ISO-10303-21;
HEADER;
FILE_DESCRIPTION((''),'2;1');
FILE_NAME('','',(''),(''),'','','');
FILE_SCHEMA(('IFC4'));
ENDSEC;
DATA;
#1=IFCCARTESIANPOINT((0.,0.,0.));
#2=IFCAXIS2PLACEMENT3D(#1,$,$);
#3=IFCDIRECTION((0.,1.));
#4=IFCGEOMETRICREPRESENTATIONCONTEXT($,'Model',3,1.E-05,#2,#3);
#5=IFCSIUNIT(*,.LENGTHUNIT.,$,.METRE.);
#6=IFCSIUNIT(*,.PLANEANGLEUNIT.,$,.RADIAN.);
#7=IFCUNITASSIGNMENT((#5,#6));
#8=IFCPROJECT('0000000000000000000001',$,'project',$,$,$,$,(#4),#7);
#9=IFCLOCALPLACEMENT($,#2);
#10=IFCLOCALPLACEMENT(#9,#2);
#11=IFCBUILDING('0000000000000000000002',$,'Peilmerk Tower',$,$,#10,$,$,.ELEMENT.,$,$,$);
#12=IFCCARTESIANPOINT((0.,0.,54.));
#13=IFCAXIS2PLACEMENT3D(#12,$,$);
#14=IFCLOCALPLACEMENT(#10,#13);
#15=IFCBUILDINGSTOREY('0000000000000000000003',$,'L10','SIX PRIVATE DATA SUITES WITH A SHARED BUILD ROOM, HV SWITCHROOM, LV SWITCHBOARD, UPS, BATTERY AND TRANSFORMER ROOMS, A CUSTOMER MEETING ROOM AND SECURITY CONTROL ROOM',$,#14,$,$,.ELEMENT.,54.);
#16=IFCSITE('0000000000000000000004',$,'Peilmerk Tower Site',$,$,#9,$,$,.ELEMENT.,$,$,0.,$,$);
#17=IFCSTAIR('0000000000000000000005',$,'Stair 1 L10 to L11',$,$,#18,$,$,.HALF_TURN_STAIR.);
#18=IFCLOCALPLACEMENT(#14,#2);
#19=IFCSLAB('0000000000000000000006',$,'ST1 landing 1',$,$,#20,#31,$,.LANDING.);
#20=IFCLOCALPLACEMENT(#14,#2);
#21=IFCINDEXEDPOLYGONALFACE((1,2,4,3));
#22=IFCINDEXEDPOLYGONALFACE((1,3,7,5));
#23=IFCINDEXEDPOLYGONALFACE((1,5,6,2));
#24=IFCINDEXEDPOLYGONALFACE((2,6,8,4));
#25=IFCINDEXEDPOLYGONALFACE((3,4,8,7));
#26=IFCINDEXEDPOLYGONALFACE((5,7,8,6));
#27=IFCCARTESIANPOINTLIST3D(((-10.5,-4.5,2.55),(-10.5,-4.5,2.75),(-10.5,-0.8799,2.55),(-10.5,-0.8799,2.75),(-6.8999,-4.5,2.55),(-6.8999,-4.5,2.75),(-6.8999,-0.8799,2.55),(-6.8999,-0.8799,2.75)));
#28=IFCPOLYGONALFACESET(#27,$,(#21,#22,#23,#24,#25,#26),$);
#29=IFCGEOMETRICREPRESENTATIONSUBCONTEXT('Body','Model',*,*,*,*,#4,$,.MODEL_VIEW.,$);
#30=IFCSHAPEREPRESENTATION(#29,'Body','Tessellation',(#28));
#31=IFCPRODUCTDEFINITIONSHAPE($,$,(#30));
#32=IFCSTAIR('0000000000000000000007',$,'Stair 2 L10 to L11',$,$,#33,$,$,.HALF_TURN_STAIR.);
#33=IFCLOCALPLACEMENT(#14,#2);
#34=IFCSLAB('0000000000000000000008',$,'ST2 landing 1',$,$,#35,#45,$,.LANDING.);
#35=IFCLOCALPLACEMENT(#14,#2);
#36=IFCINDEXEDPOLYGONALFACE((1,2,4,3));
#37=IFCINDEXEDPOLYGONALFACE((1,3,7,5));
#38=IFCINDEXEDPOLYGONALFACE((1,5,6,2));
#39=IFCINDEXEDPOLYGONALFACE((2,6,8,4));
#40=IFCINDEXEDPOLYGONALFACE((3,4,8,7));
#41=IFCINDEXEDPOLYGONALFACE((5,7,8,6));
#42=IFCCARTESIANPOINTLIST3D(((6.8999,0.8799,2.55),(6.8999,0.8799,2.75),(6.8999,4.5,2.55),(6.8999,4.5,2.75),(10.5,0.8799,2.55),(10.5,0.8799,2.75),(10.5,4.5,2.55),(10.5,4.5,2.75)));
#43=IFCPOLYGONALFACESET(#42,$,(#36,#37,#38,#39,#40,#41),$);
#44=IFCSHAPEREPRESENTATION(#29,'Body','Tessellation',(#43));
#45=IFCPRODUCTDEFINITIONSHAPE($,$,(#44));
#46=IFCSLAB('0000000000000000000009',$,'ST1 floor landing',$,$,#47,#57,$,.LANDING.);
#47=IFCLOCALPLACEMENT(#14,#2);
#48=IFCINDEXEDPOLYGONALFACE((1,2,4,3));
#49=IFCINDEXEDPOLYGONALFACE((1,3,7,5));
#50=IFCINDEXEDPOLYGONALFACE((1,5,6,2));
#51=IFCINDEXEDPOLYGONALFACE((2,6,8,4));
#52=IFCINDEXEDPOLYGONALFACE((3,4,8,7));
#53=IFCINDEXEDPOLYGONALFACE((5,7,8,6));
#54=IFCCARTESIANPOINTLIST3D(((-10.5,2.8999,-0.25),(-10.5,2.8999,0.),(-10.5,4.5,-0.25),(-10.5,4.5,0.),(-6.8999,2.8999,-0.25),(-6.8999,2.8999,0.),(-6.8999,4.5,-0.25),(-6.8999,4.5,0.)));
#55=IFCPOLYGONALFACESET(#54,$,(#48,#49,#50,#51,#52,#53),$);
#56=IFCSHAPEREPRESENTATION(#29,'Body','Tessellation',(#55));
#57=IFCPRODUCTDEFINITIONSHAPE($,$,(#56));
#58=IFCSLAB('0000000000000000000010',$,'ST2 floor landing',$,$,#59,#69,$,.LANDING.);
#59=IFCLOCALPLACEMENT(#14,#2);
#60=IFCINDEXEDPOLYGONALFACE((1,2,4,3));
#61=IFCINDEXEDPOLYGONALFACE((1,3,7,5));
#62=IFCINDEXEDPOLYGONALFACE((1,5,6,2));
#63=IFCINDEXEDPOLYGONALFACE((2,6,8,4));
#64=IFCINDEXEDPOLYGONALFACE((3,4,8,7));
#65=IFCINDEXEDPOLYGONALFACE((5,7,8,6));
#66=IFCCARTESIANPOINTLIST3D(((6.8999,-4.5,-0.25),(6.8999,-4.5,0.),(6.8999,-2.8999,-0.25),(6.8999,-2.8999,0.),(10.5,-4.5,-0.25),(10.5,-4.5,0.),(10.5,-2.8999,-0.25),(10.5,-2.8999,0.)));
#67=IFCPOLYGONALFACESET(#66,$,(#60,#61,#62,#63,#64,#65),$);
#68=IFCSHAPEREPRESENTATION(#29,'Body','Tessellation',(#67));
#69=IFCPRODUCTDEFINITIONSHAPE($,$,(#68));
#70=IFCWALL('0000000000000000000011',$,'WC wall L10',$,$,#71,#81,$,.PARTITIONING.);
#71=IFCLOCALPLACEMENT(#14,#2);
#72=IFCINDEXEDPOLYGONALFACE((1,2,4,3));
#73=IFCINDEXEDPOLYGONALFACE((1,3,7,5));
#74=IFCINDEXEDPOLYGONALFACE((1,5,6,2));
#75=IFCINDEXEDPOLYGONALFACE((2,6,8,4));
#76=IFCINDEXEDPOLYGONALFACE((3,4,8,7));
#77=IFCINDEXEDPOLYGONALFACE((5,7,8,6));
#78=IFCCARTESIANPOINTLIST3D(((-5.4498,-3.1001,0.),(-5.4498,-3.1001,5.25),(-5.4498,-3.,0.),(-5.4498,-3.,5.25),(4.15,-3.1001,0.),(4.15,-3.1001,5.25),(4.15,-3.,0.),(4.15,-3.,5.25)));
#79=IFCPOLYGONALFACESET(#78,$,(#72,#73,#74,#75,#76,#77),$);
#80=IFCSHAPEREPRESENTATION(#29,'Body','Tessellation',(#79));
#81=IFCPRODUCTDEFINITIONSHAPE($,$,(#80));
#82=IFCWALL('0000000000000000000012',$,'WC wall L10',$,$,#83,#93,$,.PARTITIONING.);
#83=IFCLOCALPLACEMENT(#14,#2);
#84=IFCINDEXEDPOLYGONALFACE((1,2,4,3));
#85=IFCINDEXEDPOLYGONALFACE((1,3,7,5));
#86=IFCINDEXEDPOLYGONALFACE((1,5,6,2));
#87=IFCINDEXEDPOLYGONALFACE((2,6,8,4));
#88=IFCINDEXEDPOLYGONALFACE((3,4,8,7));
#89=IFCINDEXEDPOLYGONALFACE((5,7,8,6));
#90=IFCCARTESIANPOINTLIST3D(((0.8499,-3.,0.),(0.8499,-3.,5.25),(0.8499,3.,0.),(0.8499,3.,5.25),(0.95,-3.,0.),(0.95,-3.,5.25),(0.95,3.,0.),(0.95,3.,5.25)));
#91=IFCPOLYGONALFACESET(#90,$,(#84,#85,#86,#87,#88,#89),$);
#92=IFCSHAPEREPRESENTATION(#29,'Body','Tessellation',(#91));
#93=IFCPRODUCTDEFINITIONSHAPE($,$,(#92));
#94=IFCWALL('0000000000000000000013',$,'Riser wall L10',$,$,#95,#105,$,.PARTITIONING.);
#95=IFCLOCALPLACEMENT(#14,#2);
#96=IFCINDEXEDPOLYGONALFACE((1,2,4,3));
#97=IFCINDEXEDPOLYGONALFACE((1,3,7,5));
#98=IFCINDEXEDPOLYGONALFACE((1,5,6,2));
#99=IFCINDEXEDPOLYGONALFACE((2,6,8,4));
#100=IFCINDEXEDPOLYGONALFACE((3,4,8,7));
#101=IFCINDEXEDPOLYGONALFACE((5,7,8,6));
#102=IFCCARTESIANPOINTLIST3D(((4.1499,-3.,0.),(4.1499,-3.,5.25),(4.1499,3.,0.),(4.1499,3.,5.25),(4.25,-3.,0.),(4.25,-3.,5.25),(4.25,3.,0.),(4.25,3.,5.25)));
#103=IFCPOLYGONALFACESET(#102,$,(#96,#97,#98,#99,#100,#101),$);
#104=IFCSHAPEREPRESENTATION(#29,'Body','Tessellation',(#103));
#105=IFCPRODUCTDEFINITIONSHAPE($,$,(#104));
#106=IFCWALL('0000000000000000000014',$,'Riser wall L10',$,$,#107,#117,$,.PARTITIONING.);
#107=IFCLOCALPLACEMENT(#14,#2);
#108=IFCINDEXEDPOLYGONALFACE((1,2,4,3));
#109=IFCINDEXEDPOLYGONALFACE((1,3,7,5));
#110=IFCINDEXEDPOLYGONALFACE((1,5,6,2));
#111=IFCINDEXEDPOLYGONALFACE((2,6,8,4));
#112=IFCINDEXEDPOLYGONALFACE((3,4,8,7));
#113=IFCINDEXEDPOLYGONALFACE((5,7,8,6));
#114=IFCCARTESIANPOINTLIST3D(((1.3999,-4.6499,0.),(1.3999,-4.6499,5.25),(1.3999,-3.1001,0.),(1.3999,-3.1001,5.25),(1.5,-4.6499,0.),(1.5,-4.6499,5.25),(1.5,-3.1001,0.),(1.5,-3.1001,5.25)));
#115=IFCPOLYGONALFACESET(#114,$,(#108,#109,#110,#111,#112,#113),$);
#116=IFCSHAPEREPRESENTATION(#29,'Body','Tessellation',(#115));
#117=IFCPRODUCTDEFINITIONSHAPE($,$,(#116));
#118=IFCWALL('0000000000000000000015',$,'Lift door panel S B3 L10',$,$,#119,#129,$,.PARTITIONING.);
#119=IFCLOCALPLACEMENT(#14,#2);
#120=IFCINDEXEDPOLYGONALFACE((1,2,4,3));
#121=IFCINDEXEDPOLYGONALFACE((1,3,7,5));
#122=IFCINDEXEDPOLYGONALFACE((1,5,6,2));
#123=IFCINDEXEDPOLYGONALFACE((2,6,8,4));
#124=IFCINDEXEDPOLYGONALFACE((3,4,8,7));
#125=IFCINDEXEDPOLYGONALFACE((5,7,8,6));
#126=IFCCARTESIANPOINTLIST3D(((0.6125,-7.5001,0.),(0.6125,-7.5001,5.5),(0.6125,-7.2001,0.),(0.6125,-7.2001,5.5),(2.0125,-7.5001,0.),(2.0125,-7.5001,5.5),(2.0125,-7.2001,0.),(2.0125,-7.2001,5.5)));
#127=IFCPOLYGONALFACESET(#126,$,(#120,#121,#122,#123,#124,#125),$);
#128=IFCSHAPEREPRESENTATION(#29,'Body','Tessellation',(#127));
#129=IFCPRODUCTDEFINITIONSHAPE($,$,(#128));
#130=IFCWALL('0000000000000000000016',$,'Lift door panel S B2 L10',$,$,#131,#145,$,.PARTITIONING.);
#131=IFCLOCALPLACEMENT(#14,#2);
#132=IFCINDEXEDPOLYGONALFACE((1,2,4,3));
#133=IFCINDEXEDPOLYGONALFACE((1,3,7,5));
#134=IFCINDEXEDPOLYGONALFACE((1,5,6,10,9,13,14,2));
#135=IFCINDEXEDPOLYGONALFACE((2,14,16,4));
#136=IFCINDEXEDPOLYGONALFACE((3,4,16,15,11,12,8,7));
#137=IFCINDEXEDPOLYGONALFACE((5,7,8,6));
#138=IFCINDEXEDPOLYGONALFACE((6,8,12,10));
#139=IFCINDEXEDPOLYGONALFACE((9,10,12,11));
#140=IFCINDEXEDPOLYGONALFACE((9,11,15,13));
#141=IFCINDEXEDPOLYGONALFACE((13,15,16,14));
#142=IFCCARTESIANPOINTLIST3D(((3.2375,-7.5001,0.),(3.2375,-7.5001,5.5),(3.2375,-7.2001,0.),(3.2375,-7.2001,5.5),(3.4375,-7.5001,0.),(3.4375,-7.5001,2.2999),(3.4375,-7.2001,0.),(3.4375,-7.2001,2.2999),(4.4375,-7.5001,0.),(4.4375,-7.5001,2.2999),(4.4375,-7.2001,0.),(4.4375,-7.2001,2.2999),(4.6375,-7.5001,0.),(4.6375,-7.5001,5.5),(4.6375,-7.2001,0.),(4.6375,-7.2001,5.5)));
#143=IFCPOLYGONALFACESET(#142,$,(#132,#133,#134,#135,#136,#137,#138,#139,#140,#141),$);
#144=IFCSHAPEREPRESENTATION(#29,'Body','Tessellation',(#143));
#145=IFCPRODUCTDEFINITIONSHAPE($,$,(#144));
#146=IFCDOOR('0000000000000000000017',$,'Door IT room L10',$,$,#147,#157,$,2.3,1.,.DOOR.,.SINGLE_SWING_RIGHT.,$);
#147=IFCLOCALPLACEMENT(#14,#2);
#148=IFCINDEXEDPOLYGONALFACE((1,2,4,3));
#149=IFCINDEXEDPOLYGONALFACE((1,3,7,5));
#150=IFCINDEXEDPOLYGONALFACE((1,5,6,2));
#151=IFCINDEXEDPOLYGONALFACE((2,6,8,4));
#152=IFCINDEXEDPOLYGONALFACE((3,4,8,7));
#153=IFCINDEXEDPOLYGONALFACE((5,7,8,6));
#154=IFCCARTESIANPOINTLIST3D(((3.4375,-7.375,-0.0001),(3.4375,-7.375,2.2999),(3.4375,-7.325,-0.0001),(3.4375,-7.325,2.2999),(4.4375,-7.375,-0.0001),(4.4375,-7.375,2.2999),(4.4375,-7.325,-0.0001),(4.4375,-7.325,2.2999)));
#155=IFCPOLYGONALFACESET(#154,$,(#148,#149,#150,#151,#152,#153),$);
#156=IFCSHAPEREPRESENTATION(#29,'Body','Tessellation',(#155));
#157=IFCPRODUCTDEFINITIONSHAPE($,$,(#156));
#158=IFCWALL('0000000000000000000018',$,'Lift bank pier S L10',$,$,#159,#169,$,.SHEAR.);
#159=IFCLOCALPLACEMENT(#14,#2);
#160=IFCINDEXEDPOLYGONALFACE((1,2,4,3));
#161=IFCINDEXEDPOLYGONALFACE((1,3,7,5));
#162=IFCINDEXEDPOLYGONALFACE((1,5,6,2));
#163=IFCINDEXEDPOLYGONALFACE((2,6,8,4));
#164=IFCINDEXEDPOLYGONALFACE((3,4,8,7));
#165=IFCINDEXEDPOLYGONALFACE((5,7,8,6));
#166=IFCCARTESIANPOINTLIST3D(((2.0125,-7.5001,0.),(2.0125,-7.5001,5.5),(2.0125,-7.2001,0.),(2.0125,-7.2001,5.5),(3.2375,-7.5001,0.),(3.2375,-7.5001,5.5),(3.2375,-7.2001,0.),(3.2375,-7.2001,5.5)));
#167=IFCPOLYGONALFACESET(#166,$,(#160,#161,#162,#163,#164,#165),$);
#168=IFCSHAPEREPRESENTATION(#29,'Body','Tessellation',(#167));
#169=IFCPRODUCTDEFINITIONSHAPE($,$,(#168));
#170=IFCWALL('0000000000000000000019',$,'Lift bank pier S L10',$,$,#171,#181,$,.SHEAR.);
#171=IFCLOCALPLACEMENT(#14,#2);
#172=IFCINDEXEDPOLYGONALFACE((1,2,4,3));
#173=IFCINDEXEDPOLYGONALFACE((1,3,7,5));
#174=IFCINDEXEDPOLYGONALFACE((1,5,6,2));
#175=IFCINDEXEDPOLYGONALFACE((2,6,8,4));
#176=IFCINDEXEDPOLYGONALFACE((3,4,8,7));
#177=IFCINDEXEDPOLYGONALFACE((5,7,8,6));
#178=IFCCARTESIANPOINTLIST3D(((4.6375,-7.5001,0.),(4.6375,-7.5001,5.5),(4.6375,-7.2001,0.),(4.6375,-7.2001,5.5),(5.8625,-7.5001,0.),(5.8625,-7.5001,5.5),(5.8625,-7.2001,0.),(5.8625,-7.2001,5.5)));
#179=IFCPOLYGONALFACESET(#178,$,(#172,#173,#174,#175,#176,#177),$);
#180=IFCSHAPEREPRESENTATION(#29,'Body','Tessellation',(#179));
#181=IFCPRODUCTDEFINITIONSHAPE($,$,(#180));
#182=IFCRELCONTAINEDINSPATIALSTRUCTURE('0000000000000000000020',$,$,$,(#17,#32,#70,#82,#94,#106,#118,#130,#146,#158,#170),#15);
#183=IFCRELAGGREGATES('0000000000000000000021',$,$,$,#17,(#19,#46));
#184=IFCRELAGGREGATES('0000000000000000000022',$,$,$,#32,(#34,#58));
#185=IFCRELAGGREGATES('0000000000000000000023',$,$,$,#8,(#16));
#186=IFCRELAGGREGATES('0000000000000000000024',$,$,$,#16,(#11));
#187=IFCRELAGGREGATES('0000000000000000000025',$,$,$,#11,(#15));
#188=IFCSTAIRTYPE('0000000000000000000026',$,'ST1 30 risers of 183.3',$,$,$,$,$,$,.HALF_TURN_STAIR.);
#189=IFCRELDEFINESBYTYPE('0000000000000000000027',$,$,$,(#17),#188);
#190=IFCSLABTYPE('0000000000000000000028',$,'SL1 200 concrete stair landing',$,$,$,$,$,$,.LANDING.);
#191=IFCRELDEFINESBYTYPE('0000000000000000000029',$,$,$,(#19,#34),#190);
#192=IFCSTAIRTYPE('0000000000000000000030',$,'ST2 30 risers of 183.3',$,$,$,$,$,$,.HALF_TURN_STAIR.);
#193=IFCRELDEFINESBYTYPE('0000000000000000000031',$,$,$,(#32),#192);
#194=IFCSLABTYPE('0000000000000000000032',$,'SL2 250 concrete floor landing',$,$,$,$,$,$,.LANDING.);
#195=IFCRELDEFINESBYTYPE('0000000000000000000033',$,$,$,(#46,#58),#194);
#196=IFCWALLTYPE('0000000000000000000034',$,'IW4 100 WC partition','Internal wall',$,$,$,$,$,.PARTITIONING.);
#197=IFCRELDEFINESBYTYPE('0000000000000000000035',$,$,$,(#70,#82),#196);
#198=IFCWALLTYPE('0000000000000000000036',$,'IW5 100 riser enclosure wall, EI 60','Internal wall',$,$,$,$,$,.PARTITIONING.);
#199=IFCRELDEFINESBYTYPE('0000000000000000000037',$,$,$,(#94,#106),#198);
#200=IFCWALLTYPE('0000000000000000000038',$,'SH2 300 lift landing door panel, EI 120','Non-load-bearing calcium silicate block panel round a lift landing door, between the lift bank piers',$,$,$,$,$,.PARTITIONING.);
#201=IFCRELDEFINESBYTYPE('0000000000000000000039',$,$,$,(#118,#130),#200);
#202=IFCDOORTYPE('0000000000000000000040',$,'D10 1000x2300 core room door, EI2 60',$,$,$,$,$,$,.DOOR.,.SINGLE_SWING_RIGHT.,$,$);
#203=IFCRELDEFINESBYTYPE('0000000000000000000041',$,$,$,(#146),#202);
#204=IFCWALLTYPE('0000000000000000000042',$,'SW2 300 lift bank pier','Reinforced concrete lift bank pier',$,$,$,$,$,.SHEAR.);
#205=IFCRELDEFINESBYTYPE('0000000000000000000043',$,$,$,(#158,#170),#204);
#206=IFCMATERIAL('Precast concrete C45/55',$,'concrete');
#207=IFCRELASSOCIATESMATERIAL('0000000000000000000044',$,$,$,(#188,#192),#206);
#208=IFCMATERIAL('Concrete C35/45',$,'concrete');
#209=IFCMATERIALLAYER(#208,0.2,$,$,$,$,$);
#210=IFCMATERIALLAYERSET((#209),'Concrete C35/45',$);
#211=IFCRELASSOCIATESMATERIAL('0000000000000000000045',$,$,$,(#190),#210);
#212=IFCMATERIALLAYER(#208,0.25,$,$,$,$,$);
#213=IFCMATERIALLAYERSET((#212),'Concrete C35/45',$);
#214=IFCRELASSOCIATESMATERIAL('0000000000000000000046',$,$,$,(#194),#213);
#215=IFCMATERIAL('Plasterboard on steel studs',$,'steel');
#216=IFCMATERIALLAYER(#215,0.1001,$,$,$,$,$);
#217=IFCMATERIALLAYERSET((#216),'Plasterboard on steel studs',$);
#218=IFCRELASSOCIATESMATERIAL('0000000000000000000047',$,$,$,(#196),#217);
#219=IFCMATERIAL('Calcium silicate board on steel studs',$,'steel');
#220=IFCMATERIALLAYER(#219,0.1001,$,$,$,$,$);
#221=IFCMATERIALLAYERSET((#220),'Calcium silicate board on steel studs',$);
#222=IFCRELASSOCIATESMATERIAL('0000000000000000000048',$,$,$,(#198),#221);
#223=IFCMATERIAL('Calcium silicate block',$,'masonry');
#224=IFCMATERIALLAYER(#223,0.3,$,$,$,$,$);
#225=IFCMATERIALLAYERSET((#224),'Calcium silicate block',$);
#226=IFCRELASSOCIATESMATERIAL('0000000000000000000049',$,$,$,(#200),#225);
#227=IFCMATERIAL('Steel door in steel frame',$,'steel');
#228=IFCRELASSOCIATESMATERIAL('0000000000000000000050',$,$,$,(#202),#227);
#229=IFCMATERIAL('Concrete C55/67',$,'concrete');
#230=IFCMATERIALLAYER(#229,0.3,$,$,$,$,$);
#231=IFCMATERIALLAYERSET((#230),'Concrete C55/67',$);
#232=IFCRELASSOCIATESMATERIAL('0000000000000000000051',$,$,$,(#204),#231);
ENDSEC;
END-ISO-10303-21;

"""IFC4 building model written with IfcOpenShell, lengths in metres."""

from ifc_helpers import new_model, si_unit, direction, frame, frame_2d, origin, place, context, subcontext, project, spatial, polyline, rectangle, outline, extrude, material, layer, layer_set, type_object, element, fill, aggregate, save


model = new_model("IFC4")

# Units and contexts
model_context = context("Model", 3, precision=1e-05, world=origin(), true_north=direction((0.0, 1.0)))
body_context = subcontext(model_context, "Body", "Model", "MODEL_VIEW")
ifc_project = project(units=[si_unit("LENGTHUNIT", "METRE"), si_unit("PLANEANGLEUNIT", "RADIAN")], contexts=[model_context])

# Site, building, storey
site_placement = place(None, origin())
site = spatial("IfcSite", under=ifc_project, at=site_placement, Name="Peilmerk Tower Site", CompositionType="ELEMENT", RefElevation=0.0)
building_placement = place(site_placement, origin())
building = spatial("IfcBuilding", under=site, at=building_placement, Name="Peilmerk Tower", CompositionType="ELEMENT")
storey_placement = place(building_placement, frame((0.0, 0.0, 54.0)))
storey = spatial("IfcBuildingStorey", under=building, at=storey_placement, Name="L10", Description="SIX PRIVATE DATA SUITES WITH A SHARED BUILD ROOM, HV SWITCHROOM, LV SWITCHBOARD, UPS, BATTERY AND TRANSFORMER ROOMS, A CUSTOMER MEETING ROOM AND SECURITY CONTROL ROOM", CompositionType="ELEMENT", Elevation=54.0)

# Stairs, slabs
ifc_material_1 = material(Name="Precast concrete C45/55", Category="concrete")
stair_type_1 = type_object("IfcStairType", Name="ST1 30 risers of 183.3", PredefinedType="HALF_TURN_STAIR", material=ifc_material_1)
stair_1_placement = place(storey_placement, origin())
stair_1 = element("IfcStair", 1, at=stair_1_placement, inside=storey, type_object=stair_type_1, Name="Stair 1 L10 to L11", PredefinedType="HALF_TURN_STAIR")
ifc_material_2 = material(Name="Concrete C35/45", Category="concrete")
ifc_layer_1 = layer(ifc_material_2, 0.2)
ifc_layer_set_1 = layer_set([ifc_layer_1], Name="Concrete C35/45")
slab_type_1 = type_object("IfcSlabType", Name="SL1 200 concrete stair landing", PredefinedType="LANDING", material=ifc_layer_set_1)
slab_1_placement = place(storey_placement, frame((0.0, 0.0, 2.55)))
slab_1 = element("IfcSlab", 2, at=slab_1_placement, type_object=slab_type_1, Name="ST1 landing 1", PredefinedType="LANDING", context=body_context, shape_type="SweptSolid", body=[
    extrude(outline(polyline([(-10.5, -4.5), (-6.8999, -4.5), (-6.8999, -0.8799), (-10.5, -0.8799), (-10.5, -4.5)])), origin(), (0.0, 0.0, 1.0), 0.2),
])
stair_type_2 = type_object("IfcStairType", Name="ST2 30 risers of 183.3", PredefinedType="HALF_TURN_STAIR", material=ifc_material_1)
stair_2_placement = place(storey_placement, origin())
stair_2 = element("IfcStair", 3, at=stair_2_placement, inside=storey, type_object=stair_type_2, Name="Stair 2 L10 to L11", PredefinedType="HALF_TURN_STAIR")
slab_2_placement = place(storey_placement, frame((0.0, 0.0, 2.55)))
slab_2 = element("IfcSlab", 4, at=slab_2_placement, type_object=slab_type_1, Name="ST2 landing 1", PredefinedType="LANDING", context=body_context, shape_type="SweptSolid", body=[
    extrude(outline(polyline([(6.8999, 0.8799), (10.5, 0.8799), (10.5, 4.5), (6.8999, 4.5), (6.8999, 0.8799)])), origin(), (0.0, 0.0, 1.0), 0.2),
])

# Slabs
ifc_layer_2 = layer(ifc_material_2, 0.25)
ifc_layer_set_2 = layer_set([ifc_layer_2], Name="Concrete C35/45")
slab_type_2 = type_object("IfcSlabType", Name="SL2 250 concrete floor landing", PredefinedType="LANDING", material=ifc_layer_set_2)
slab_3_placement = place(storey_placement, frame((0.0, 0.0, -0.25)))
slab_3 = element("IfcSlab", 5, at=slab_3_placement, type_object=slab_type_2, Name="ST1 floor landing", PredefinedType="LANDING", context=body_context, shape_type="SweptSolid", body=[
    extrude(outline(polyline([(-10.5, 2.8999), (-6.8999, 2.8999), (-6.8999, 4.5), (-10.5, 4.5), (-10.5, 2.8999)])), origin(), (0.0, 0.0, 1.0), 0.25),
])
aggregate(stair_1, [slab_1, slab_3])
slab_4_placement = place(storey_placement, frame((0.0, 0.0, -0.25)))
slab_4 = element("IfcSlab", 6, at=slab_4_placement, type_object=slab_type_2, Name="ST2 floor landing", PredefinedType="LANDING", context=body_context, shape_type="SweptSolid", body=[
    extrude(outline(polyline([(6.8999, -4.5), (10.5, -4.5), (10.5, -2.8999), (6.8999, -2.8999), (6.8999, -4.5)])), origin(), (0.0, 0.0, 1.0), 0.25),
])
aggregate(stair_2, [slab_2, slab_4])

# Walls
ifc_material_3 = material(Name="Plasterboard on steel studs", Category="steel")
ifc_layer_3 = layer(ifc_material_3, 0.1001)
ifc_layer_set_3 = layer_set([ifc_layer_3], Name="Plasterboard on steel studs")
wall_type_1 = type_object("IfcWallType", Name="IW4 100 WC partition", Description="Internal wall", PredefinedType="PARTITIONING", material=ifc_layer_set_3)
wall_1_placement = place(storey_placement, frame((4.1499, -3.05, 0.0), z_axis=(0.0, 0.0, 1.0), x_axis=(-1.0, 0.0, 0.0)))
element("IfcWall", 7, at=wall_1_placement, inside=storey, type_object=wall_type_1, Name="WC wall L10", PredefinedType="PARTITIONING", context=body_context, shape_type="SweptSolid", body=[
    extrude(rectangle(XDim=9.5999, YDim=0.1001, at=frame_2d((4.7998, 0.0))), origin(), (0.0, 0.0, 1.0), 5.25),
])
wall_2_placement = place(storey_placement, frame((0.8999, -3.0, 0.0), z_axis=(0.0, 0.0, 1.0), x_axis=(0.0, 1.0, 0.0)))
element("IfcWall", 8, at=wall_2_placement, inside=storey, type_object=wall_type_1, Name="WC wall L10", PredefinedType="PARTITIONING", context=body_context, shape_type="SweptSolid", body=[
    extrude(rectangle(XDim=6.0, YDim=0.1001, at=frame_2d((3.0, 0.0))), origin(), (0.0, 0.0, 1.0), 5.25),
])
ifc_material_4 = material(Name="Calcium silicate board on steel studs", Category="steel")
ifc_layer_4 = layer(ifc_material_4, 0.1001)
ifc_layer_set_4 = layer_set([ifc_layer_4], Name="Calcium silicate board on steel studs")
wall_type_2 = type_object("IfcWallType", Name="IW5 100 riser enclosure wall, EI 60", Description="Internal wall", PredefinedType="PARTITIONING", material=ifc_layer_set_4)
wall_3_placement = place(storey_placement, frame((4.2, -3.0, 0.0), z_axis=(0.0, 0.0, 1.0), x_axis=(0.0, 1.0, 0.0)))
element("IfcWall", 9, at=wall_3_placement, inside=storey, type_object=wall_type_2, Name="Riser wall L10", PredefinedType="PARTITIONING", context=body_context, shape_type="SweptSolid", body=[
    extrude(rectangle(XDim=6.0, YDim=0.1001, at=frame_2d((3.0, 0.0))), origin(), (0.0, 0.0, 1.0), 5.25),
])
wall_4_placement = place(storey_placement, frame((1.45, -3.1001, 0.0), z_axis=(0.0, 0.0, 1.0), x_axis=(0.0, -1.0, 0.0)))
element("IfcWall", 10, at=wall_4_placement, inside=storey, type_object=wall_type_2, Name="Riser wall L10", PredefinedType="PARTITIONING", context=body_context, shape_type="SweptSolid", body=[
    extrude(rectangle(XDim=1.5498, YDim=0.1001, at=frame_2d((0.7749, 0.0))), origin(), (0.0, 0.0, 1.0), 5.25),
])
ifc_material_5 = material(Name="Calcium silicate block", Category="masonry")
ifc_layer_5 = layer(ifc_material_5, 0.3)
ifc_layer_set_5 = layer_set([ifc_layer_5], Name="Calcium silicate block")
wall_type_3 = type_object("IfcWallType", Name="SH2 300 lift landing door panel, EI 120", Description="Non-load-bearing calcium silicate block panel round a lift landing door, between the lift bank piers", PredefinedType="PARTITIONING", material=ifc_layer_set_5)
wall_5_placement = place(storey_placement, frame((0.6125, -7.3501, 0.0), z_axis=(0.0, 0.0, 1.0), x_axis=(1.0, 0.0, 0.0)))
element("IfcWall", 11, at=wall_5_placement, inside=storey, type_object=wall_type_3, Name="Lift door panel S B3 L10", PredefinedType="PARTITIONING", context=body_context, shape_type="SweptSolid", body=[
    extrude(rectangle(XDim=1.3999, YDim=0.3, at=frame_2d((0.7, 0.0))), origin(), (0.0, 0.0, 1.0), 5.5),
])

# Wall, opening, door
wall_6_placement = place(storey_placement, frame((3.2375, -7.3501, 0.0), z_axis=(0.0, 0.0, 1.0), x_axis=(1.0, 0.0, 0.0)))
wall_6 = element("IfcWall", 12, at=wall_6_placement, inside=storey, type_object=wall_type_3, Name="Lift door panel S B2 L10", PredefinedType="PARTITIONING", context=body_context, shape_type="SweptSolid", body=[
    extrude(rectangle(XDim=1.3999, YDim=0.3, at=frame_2d((0.7, 0.0))), origin(), (0.0, 0.0, 1.0), 5.5),
])
opening_placement = place(wall_6_placement, frame((0.2, 0.0, 0.0)))
opening = element("IfcOpeningElement", 13, at=opening_placement, cuts=wall_6, PredefinedType="OPENING", context=body_context, shape_type="SweptSolid", body=[
    extrude(rectangle(XDim=1.0, YDim=2.3, at=frame_2d((0.5, 1.1499))), frame((0.0, 0.1599, 0.0), z_axis=(0.0, -1.0, 0.0), x_axis=(1.0, 0.0, 0.0)), (0.0, 0.0, 1.0), 0.3201),
])
ifc_material_6 = material(Name="Steel door in steel frame", Category="steel")
door_type = type_object("IfcDoorType", Name="D10 1000x2300 core room door, EI2 60", OperationType="SINGLE_SWING_RIGHT", PredefinedType="DOOR", material=ifc_material_6)
door_placement = place(opening_placement, frame((1.0, 0.0, 0.0), z_axis=(0.0, 0.0, 1.0), x_axis=(-1.0, 0.0, 0.0)))
door = element("IfcDoor", 14, at=door_placement, inside=storey, type_object=door_type, Name="Door IT room L10", OperationType="SINGLE_SWING_RIGHT", OverallHeight=2.3, OverallWidth=1.0, PredefinedType="DOOR", context=body_context, shape_type="SweptSolid", body=[
    extrude(rectangle(XDim=1.0, YDim=2.3, at=frame_2d((0.5, 1.1499))), frame((0.0, 0.0249, 0.0), z_axis=(0.0, -1.0, 0.0), x_axis=(1.0, 0.0, 0.0)), (0.0, 0.0, 1.0), 0.05),
])
fill(opening, door)

# Walls
ifc_material_7 = material(Name="Concrete C55/67", Category="concrete")
ifc_layer_6 = layer(ifc_material_7, 0.3)
ifc_layer_set_6 = layer_set([ifc_layer_6], Name="Concrete C55/67")
wall_type_4 = type_object("IfcWallType", Name="SW2 300 lift bank pier", Description="Reinforced concrete lift bank pier", PredefinedType="SHEAR", material=ifc_layer_set_6)
for number, where, z_axis, x_axis, name in (
    (15, (2.0125, -7.3501, 0.0), (0.0, 0.0, 1.0), (1.0, 0.0, 0.0), "Lift bank pier S L10"),
    (16, (4.6375, -7.3501, 0.0), (0.0, 0.0, 1.0), (1.0, 0.0, 0.0), "Lift bank pier S L10"),
):
    element("IfcWall", number, at=place(storey_placement, frame(where, z_axis=z_axis, x_axis=x_axis)), inside=storey, type_object=wall_type_4, Name=name, PredefinedType="SHEAR", context=body_context, shape_type="SweptSolid", body=[
        extrude(rectangle(XDim=1.2251, YDim=0.3, at=frame_2d((0.6125, 0.0))), origin(), (0.0, 0.0, 1.0), 5.5),
    ])

save(model, "model.ifc")
